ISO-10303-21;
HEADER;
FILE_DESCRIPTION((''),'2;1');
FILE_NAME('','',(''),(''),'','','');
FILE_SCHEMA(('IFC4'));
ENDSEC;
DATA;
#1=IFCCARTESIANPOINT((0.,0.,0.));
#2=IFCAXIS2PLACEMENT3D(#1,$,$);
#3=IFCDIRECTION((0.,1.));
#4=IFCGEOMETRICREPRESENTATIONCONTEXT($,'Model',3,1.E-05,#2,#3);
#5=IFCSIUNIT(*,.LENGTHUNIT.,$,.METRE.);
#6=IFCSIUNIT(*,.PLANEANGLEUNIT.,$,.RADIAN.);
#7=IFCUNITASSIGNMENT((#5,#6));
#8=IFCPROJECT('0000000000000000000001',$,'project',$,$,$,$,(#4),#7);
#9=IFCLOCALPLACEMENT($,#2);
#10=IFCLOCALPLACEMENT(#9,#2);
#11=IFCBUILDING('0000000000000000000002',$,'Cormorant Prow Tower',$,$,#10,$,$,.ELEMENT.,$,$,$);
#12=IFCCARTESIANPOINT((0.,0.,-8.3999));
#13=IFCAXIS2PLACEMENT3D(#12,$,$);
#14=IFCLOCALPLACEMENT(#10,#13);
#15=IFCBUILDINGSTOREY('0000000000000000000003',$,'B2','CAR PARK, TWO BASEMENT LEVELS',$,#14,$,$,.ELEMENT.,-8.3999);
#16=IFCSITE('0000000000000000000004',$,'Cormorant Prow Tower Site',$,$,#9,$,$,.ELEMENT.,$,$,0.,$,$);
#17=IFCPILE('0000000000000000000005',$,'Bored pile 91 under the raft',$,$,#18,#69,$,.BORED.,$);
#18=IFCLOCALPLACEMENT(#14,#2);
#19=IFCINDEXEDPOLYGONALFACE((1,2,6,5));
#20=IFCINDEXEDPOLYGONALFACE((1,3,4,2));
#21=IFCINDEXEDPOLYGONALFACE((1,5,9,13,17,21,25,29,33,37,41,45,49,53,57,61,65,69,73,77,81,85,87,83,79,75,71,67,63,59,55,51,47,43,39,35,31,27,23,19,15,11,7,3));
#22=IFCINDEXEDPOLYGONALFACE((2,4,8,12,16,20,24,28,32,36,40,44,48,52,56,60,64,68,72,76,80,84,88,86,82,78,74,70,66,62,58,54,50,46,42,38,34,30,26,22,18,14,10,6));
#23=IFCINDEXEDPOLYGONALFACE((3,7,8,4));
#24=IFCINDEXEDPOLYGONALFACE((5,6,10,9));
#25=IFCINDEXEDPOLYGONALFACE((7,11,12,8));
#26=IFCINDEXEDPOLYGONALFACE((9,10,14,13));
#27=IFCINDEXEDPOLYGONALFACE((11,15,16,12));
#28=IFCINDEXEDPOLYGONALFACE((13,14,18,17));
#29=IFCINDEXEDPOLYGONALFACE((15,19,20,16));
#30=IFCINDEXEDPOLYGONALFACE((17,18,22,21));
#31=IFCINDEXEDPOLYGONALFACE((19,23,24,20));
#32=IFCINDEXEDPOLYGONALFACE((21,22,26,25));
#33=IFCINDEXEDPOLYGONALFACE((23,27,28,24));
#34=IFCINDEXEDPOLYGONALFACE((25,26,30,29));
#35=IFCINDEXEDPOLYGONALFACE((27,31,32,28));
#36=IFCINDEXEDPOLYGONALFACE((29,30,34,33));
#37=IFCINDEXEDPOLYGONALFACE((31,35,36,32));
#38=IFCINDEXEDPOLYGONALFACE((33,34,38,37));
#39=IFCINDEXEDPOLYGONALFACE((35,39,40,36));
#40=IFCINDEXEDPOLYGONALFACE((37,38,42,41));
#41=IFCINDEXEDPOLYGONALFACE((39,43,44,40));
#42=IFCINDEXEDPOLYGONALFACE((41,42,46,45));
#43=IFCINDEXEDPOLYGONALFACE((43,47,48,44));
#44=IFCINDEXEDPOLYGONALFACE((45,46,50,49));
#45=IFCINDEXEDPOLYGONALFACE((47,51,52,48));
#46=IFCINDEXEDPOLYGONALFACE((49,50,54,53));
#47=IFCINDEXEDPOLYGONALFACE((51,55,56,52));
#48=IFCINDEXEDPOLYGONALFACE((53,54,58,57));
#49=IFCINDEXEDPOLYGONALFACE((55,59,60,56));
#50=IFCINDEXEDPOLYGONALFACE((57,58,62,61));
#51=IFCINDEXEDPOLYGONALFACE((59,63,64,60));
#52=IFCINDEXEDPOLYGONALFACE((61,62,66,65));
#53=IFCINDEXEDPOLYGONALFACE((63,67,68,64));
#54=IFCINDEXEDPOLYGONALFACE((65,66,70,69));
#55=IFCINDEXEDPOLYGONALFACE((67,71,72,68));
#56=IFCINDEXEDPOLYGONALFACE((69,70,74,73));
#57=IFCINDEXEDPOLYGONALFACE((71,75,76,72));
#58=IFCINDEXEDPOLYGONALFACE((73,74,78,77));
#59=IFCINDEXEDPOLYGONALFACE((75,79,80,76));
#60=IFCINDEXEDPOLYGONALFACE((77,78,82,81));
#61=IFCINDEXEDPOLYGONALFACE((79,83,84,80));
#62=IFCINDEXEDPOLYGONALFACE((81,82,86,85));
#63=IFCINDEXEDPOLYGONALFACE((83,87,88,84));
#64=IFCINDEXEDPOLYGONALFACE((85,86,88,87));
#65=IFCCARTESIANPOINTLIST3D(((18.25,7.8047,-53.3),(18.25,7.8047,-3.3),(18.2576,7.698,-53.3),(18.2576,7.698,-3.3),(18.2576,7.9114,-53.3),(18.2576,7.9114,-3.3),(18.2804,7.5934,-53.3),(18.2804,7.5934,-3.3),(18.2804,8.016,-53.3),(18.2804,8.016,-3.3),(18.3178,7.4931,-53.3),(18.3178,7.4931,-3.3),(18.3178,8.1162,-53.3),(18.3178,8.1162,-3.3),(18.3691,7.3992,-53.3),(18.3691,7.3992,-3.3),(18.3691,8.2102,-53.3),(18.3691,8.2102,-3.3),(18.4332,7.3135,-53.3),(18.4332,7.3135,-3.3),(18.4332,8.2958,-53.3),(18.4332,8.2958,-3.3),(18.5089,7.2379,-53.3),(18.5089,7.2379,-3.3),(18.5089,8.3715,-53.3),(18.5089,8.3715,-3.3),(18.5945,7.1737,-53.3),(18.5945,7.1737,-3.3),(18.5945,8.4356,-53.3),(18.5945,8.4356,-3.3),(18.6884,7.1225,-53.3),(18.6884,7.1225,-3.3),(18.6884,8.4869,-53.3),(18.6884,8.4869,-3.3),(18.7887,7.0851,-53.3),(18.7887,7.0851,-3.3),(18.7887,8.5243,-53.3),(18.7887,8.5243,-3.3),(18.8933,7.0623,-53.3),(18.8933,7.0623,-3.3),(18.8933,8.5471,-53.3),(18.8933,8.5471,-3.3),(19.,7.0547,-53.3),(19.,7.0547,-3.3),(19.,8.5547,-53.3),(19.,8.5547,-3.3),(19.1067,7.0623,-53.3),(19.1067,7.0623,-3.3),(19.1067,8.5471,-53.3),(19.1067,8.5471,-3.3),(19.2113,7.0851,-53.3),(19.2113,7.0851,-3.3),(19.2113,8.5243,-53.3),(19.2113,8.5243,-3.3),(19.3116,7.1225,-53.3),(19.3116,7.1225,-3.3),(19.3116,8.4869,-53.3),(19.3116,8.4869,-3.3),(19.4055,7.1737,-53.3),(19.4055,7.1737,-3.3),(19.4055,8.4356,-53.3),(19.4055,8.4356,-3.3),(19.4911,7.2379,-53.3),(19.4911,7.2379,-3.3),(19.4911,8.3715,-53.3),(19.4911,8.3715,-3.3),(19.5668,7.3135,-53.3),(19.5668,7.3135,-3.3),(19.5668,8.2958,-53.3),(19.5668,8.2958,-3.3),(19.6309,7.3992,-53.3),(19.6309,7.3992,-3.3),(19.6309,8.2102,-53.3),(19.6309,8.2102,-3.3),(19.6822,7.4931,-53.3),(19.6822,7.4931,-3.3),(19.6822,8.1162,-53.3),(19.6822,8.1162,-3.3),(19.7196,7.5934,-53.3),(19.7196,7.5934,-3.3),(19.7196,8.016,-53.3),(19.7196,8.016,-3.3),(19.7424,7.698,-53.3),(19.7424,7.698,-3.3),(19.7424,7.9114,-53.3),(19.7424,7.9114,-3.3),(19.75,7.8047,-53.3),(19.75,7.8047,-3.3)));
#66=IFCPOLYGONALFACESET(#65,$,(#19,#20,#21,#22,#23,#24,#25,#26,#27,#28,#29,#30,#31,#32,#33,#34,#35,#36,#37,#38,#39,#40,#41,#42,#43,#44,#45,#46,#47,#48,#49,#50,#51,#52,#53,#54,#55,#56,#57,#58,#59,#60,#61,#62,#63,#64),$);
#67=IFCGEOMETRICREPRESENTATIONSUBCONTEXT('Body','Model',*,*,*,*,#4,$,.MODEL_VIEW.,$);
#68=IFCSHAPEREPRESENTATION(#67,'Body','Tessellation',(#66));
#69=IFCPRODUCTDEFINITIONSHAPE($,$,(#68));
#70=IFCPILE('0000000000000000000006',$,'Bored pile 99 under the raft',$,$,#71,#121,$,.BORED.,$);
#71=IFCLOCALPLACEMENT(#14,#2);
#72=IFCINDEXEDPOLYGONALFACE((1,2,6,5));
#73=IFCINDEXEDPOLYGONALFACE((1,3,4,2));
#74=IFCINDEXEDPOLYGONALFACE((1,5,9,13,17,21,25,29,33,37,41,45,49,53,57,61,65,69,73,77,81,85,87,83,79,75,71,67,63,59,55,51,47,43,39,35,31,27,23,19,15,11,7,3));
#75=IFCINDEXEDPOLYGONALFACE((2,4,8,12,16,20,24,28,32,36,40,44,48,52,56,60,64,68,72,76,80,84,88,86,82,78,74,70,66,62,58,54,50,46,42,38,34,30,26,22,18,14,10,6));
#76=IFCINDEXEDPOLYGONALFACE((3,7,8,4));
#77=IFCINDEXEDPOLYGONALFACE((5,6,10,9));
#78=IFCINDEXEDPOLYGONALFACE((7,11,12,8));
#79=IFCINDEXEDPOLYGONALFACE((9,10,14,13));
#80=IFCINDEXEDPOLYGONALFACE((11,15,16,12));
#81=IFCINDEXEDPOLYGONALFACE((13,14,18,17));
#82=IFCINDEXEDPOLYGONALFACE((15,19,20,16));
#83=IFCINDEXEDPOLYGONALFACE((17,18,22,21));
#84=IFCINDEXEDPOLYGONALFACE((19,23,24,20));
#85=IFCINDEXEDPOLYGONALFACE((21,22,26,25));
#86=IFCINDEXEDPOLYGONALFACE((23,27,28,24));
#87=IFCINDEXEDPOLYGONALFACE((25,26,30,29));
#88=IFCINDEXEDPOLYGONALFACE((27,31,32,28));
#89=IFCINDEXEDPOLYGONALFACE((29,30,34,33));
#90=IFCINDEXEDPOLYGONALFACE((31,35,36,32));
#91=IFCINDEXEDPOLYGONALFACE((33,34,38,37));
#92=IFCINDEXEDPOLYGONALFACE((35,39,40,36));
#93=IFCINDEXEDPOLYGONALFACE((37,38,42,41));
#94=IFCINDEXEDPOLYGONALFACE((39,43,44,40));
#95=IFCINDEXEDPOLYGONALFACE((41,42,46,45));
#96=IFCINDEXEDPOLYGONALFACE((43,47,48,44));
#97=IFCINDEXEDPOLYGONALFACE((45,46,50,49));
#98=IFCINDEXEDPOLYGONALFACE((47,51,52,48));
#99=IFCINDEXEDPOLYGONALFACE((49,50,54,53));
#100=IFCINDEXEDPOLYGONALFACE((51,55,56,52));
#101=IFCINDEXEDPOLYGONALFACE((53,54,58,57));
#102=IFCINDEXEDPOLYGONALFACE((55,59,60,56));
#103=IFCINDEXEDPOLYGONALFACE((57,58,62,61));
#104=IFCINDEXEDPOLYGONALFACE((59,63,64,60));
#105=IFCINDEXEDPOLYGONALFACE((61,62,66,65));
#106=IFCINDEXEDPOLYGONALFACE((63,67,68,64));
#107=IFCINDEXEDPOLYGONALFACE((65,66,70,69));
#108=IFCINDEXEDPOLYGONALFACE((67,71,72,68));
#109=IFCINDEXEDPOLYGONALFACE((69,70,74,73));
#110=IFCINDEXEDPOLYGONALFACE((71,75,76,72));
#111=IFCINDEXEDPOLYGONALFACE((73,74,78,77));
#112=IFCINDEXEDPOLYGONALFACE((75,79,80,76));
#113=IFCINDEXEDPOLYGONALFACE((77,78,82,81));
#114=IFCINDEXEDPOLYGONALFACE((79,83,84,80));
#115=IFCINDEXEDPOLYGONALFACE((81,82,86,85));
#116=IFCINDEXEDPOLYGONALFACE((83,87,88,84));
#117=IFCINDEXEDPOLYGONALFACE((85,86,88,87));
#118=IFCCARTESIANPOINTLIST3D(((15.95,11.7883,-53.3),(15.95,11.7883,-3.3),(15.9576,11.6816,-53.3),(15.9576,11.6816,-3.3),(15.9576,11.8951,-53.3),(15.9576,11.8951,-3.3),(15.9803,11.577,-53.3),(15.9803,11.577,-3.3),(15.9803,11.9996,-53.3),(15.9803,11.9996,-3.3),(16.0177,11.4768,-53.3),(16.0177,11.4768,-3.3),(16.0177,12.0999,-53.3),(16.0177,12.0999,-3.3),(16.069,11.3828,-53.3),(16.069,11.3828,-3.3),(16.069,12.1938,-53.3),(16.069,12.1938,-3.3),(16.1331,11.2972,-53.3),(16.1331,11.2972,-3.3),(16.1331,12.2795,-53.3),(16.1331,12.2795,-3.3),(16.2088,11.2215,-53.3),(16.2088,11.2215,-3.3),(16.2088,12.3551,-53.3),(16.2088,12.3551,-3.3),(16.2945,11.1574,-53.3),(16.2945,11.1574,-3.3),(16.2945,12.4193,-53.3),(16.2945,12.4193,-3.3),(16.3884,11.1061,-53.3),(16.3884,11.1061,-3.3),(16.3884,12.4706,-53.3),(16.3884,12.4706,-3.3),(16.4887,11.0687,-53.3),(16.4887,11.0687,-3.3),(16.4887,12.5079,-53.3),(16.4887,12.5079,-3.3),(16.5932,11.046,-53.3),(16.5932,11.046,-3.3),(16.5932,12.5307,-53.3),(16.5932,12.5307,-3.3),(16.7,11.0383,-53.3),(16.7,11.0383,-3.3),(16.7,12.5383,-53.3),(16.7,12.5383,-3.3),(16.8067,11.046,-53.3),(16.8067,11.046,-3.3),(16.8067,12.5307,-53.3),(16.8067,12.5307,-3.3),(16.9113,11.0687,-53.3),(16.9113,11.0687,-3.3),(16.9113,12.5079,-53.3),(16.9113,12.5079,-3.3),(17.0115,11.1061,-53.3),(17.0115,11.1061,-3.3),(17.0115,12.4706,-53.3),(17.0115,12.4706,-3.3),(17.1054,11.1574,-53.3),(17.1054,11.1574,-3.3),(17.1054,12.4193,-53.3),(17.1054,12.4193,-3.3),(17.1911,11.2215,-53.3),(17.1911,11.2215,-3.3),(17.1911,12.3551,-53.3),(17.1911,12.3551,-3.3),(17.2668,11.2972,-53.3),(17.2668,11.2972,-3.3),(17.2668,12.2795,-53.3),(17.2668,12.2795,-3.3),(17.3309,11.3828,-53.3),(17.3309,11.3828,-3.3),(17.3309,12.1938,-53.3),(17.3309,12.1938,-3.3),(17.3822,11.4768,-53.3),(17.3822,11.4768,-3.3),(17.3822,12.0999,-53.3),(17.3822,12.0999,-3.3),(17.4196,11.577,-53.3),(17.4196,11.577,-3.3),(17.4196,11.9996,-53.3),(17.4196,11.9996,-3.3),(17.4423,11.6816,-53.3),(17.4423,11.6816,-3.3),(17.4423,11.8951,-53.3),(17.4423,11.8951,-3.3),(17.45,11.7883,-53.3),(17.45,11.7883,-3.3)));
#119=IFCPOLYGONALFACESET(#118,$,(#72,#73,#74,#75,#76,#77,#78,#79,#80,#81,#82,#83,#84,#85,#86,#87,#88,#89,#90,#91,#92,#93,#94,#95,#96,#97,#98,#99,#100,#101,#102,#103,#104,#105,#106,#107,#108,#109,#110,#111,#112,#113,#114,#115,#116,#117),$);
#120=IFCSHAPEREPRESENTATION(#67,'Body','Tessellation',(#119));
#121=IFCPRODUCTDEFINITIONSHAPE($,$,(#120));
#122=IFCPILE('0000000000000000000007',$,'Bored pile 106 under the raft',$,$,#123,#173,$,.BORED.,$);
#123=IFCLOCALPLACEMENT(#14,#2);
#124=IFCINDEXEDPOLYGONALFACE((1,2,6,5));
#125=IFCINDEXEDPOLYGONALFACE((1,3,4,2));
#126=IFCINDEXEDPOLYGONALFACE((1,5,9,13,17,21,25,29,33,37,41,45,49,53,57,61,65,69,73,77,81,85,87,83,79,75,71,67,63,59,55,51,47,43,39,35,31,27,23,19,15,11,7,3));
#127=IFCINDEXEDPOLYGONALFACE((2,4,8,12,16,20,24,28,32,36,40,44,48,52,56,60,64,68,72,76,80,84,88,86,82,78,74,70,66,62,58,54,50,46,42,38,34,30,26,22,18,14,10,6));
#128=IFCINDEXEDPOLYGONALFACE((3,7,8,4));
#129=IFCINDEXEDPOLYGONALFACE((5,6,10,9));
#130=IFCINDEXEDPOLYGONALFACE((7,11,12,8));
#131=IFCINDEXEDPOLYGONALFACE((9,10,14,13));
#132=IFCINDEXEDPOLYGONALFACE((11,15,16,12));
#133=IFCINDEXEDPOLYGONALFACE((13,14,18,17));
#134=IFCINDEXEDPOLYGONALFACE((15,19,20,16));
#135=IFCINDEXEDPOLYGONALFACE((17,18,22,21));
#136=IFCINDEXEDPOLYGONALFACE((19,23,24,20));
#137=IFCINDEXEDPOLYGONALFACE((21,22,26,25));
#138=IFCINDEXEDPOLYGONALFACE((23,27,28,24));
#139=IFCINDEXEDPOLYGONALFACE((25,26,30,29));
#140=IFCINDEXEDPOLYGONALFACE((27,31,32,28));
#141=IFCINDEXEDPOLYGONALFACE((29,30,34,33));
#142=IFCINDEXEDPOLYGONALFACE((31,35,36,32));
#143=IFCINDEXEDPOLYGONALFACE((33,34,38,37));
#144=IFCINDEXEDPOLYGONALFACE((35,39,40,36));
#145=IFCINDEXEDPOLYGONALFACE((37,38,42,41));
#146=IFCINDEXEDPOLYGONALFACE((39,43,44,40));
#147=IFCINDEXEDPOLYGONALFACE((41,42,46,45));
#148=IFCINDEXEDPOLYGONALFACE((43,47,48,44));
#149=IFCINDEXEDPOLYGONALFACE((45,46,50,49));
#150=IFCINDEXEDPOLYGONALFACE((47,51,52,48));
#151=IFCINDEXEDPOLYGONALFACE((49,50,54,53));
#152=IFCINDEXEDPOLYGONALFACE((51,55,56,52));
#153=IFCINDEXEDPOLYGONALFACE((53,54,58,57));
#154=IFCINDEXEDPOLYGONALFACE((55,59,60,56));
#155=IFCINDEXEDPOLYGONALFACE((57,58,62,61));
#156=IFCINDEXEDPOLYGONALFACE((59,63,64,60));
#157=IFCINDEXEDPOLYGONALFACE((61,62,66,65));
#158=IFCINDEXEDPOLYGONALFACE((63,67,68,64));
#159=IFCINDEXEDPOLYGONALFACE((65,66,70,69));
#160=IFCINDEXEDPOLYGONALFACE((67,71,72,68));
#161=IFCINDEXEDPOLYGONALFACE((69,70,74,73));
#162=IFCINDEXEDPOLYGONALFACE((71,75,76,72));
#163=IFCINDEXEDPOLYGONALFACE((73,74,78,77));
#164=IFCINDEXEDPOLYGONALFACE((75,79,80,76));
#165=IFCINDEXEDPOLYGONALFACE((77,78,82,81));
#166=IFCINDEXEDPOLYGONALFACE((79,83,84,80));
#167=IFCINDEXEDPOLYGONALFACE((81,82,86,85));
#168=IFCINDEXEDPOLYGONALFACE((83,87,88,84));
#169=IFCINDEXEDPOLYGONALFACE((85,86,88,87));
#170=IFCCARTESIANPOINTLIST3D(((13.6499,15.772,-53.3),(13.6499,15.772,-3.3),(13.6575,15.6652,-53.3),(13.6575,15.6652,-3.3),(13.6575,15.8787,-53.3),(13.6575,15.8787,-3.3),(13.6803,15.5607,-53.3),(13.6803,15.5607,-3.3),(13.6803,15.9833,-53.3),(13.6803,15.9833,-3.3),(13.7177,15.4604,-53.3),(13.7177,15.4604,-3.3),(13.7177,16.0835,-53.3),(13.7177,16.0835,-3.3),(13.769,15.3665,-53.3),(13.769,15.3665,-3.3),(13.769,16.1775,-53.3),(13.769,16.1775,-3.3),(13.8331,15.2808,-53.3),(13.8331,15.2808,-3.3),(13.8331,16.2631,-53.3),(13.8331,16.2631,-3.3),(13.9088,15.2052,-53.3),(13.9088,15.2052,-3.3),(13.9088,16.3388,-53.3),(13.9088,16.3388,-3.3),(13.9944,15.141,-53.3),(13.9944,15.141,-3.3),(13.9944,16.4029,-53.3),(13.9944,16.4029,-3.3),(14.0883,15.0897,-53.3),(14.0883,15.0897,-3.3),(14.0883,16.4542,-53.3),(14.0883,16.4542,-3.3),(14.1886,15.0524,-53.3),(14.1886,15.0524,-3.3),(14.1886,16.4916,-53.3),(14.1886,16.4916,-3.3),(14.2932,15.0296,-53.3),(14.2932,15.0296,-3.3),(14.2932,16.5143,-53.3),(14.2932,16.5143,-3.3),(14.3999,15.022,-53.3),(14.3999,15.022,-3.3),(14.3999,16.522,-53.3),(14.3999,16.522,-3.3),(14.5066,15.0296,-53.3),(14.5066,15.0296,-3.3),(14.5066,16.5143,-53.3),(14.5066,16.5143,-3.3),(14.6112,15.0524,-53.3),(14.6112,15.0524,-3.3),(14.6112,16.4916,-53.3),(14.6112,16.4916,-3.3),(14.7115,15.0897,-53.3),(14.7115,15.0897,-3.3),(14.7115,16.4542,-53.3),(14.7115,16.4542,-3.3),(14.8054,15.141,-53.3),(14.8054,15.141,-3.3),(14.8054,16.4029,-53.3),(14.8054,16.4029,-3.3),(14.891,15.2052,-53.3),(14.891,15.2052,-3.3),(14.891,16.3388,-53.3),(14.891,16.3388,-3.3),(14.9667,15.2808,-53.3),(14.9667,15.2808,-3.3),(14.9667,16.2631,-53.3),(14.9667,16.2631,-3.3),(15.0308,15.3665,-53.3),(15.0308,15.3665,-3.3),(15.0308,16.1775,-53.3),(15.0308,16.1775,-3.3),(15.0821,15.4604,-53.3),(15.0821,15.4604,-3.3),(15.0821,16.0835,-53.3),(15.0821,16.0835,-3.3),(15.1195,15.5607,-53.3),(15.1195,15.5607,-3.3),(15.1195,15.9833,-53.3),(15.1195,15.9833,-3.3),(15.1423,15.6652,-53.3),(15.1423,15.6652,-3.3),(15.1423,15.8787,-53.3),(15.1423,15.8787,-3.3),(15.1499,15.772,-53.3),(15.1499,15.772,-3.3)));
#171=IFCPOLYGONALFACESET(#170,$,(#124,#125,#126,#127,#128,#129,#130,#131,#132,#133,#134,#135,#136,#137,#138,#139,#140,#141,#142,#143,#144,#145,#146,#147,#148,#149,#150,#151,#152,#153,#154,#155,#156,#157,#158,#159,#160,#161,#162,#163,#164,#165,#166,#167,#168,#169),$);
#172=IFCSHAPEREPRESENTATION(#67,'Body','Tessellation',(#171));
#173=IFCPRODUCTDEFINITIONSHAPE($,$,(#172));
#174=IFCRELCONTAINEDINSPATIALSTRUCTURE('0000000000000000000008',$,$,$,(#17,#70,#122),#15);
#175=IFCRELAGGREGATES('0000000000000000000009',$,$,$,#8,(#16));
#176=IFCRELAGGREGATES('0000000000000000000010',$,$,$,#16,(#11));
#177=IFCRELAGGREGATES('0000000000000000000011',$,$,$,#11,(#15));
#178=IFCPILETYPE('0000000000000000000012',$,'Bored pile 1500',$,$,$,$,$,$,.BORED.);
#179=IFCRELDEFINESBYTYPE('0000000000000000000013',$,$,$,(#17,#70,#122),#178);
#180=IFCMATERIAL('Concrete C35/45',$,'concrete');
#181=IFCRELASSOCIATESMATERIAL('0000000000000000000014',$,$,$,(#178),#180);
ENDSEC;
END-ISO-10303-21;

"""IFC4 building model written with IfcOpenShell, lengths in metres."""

from ifc_helpers import new_model, si_unit, direction, frame, origin, origin_2d, place, context, subcontext, project, spatial, circle, extrude, material, material_profile, profile_set, type_object, element, save


model = new_model("IFC4")

# Units and contexts
model_context = context("Model", 3, precision=1e-05, world=origin(), true_north=direction((0.0, 1.0)))
body_context = subcontext(model_context, "Body", "Model", "MODEL_VIEW")
ifc_project = project(units=[si_unit("LENGTHUNIT", "METRE"), si_unit("PLANEANGLEUNIT", "RADIAN")], contexts=[model_context])

# Site, building, storey
site_placement = place(None, origin())
site = spatial("IfcSite", under=ifc_project, at=site_placement, Name="Cormorant Prow Tower Site", CompositionType="ELEMENT", RefElevation=0.0)
building_placement = place(site_placement, origin())
building = spatial("IfcBuilding", under=site, at=building_placement, Name="Cormorant Prow Tower", CompositionType="ELEMENT")
storey_placement = place(building_placement, frame((0.0, 0.0, -8.3999)))
storey = spatial("IfcBuildingStorey", under=building, at=storey_placement, Name="B2", Description="CAR PARK, TWO BASEMENT LEVELS", CompositionType="ELEMENT", Elevation=-8.3999)

# Piles
ifc_material_1 = material(Name="Concrete C35/45", Category="concrete")
ifc_material_profile_1 = material_profile(ifc_material_1, circle(Radius=0.75, at=origin_2d()), Name="Round 1500")
ifc_profile_set_1 = profile_set([ifc_material_profile_1], Name="Concrete C35/45")
pile_type_1 = type_object("IfcPileType", Name="Bored pile 1500", PredefinedType="BORED", material=ifc_profile_set_1)
for number, where, z_axis, x_axis, name in (
    (1, (19.0, 7.8047, -3.3), (0.0, 0.0, -1.0), (1.0, 0.0, 0.0), "Bored pile 91 under the raft"),
    (2, (16.7, 11.7883, -3.3), (0.0, 0.0, -1.0), (1.0, 0.0, 0.0), "Bored pile 99 under the raft"),
    (3, (14.3999, 15.772, -3.3), (0.0, 0.0, -1.0), (1.0, 0.0, 0.0), "Bored pile 106 under the raft"),
):
    element("IfcPile", number, at=place(storey_placement, frame(where, z_axis=z_axis, x_axis=x_axis)), inside=storey, type_object=pile_type_1, Name=name, PredefinedType="BORED", context=body_context, shape_type="SweptSolid", body=[
        extrude(circle(Radius=0.75, at=origin_2d()), origin(), (0.0, 0.0, 1.0), 50.0),
    ])

save(model, "model.ifc")
